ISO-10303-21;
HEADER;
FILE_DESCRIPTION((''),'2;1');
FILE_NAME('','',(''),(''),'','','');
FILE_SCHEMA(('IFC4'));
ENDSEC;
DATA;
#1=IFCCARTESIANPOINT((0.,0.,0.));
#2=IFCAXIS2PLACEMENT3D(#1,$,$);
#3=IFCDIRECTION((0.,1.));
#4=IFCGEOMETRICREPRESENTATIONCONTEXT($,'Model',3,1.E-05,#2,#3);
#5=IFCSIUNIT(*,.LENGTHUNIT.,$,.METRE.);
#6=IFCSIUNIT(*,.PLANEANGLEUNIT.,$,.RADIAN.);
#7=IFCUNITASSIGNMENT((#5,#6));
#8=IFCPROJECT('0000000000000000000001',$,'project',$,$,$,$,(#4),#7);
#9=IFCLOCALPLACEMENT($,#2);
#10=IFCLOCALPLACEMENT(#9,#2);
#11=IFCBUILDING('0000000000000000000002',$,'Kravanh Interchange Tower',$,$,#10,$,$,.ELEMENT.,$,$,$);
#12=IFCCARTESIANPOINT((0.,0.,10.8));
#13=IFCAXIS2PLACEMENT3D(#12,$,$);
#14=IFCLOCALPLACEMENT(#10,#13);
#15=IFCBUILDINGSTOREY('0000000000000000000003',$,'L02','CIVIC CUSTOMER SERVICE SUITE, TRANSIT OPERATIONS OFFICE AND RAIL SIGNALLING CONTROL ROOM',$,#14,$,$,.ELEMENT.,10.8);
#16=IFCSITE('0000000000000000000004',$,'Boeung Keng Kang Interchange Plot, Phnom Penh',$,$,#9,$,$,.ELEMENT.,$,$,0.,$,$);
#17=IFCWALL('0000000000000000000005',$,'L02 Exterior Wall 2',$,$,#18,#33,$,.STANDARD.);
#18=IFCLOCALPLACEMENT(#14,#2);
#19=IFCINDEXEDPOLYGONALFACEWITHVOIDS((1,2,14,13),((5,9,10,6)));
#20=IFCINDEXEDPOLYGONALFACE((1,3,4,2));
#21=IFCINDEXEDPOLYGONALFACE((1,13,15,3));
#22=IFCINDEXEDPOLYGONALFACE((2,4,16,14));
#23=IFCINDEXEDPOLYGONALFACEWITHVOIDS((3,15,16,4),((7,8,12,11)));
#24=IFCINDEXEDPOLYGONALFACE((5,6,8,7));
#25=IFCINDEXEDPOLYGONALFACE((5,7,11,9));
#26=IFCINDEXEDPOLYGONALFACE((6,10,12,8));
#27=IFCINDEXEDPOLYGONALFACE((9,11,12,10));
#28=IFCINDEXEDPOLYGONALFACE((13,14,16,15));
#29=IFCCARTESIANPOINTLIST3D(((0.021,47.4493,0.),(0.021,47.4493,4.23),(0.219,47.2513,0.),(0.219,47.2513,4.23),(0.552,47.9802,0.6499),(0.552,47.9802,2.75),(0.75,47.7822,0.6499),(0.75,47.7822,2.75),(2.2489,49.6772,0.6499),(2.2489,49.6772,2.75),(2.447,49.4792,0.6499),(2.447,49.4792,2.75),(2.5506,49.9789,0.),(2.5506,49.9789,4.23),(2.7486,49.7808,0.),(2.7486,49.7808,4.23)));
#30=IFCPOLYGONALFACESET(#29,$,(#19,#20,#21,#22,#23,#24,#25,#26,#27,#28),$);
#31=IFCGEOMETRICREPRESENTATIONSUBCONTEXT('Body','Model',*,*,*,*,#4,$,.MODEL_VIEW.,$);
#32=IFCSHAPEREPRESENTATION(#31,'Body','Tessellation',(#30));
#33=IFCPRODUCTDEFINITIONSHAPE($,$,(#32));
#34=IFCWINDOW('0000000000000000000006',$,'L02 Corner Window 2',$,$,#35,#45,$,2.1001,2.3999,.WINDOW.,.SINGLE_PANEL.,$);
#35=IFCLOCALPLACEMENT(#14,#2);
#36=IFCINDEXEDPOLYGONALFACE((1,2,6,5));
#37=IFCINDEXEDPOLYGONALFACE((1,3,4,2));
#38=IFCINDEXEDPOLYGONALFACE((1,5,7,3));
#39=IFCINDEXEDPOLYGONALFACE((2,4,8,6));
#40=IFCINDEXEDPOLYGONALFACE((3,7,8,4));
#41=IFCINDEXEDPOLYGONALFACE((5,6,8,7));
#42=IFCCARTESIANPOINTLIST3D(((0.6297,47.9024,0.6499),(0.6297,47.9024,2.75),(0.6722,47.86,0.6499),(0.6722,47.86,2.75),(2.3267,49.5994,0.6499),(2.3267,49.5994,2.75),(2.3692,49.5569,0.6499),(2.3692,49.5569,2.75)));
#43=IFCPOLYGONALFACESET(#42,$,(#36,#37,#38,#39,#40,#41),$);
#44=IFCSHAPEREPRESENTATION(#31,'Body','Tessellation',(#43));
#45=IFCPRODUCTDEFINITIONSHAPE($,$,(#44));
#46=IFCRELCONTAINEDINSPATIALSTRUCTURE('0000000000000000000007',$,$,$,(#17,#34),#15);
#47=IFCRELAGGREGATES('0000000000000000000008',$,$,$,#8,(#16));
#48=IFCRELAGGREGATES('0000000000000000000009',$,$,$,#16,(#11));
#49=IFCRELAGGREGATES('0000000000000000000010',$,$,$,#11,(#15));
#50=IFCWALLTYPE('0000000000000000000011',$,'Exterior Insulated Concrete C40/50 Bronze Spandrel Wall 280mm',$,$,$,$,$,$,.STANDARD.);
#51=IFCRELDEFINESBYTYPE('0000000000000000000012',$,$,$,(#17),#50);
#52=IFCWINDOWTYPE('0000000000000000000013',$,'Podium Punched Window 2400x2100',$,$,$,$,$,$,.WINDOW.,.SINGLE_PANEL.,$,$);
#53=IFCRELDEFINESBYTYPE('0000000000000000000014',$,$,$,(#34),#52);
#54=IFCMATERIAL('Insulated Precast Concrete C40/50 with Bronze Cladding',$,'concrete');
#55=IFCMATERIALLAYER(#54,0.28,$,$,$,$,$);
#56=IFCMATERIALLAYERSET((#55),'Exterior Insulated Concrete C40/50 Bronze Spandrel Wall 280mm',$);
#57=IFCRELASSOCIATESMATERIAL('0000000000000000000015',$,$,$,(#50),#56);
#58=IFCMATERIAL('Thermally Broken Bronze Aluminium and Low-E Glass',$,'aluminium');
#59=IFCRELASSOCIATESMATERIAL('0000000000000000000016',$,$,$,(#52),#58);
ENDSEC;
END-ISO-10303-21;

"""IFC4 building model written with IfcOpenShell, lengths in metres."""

from ifc_helpers import new_model, si_unit, direction, frame, frame_2d, origin, place, context, subcontext, project, spatial, rectangle, extrude, material, layer, layer_set, type_object, element, fill, save


model = new_model("IFC4")

# Units and contexts
model_context = context("Model", 3, precision=1e-05, world=origin(), true_north=direction((0.0, 1.0)))
body_context = subcontext(model_context, "Body", "Model", "MODEL_VIEW")
ifc_project = project(units=[si_unit("LENGTHUNIT", "METRE"), si_unit("PLANEANGLEUNIT", "RADIAN")], contexts=[model_context])

# Site, building, storey
site_placement = place(None, origin())
site = spatial("IfcSite", under=ifc_project, at=site_placement, Name="Boeung Keng Kang Interchange Plot, Phnom Penh", CompositionType="ELEMENT", RefElevation=0.0)
building_placement = place(site_placement, origin())
building = spatial("IfcBuilding", under=site, at=building_placement, Name="Kravanh Interchange Tower", CompositionType="ELEMENT")
storey_placement = place(building_placement, frame((0.0, 0.0, 10.8)))
storey = spatial("IfcBuildingStorey", under=building, at=storey_placement, Name="L02", Description="CIVIC CUSTOMER SERVICE SUITE, TRANSIT OPERATIONS OFFICE AND RAIL SIGNALLING CONTROL ROOM", CompositionType="ELEMENT", Elevation=10.8)

# Wall, opening, window
ifc_material_1 = material(Name="Insulated Precast Concrete C40/50 with Bronze Cladding", Category="concrete")
ifc_layer_1 = layer(ifc_material_1, 0.28)
ifc_layer_set_1 = layer_set([ifc_layer_1], Name="Exterior Insulated Concrete C40/50 Bronze Spandrel Wall 280mm")
wall_type_1 = type_object("IfcWallType", Name="Exterior Insulated Concrete C40/50 Bronze Spandrel Wall 280mm", PredefinedType="STANDARD", material=ifc_layer_set_1)
ifc_material_2 = material(Name="Thermally Broken Bronze Aluminium and Low-E Glass", Category="aluminium")
window_type = type_object("IfcWindowType", Name="Podium Punched Window 2400x2100", PartitioningType="SINGLE_PANEL", PredefinedType="WINDOW", material=ifc_material_2)
wall_1_placement = place(storey_placement, frame((0.1201, 47.3503, 0.0), z_axis=(0.0, 0.0, 1.0), x_axis=(0.707107, 0.707107, 0.0)))
wall_1 = element("IfcWall", 1, at=wall_1_placement, inside=storey, type_object=wall_type_1, Name="L02 Exterior Wall 2", PredefinedType="STANDARD", context=body_context, shape_type="SweptSolid", body=[
    extrude(rectangle(XDim=3.5774, YDim=0.28, at=frame_2d((1.7886, 0.0))), origin(), (0.0, 0.0, 1.0), 4.23),
])
opening_1_placement = place(wall_1_placement, frame((0.7507, 0.0, 0.6499)))
opening_1 = element("IfcOpeningElement", 2, at=opening_1_placement, cuts=wall_1, PredefinedType="OPENING", context=body_context, shape_type="SweptSolid", body=[
    extrude(rectangle(XDim=2.3999, YDim=2.1001, at=frame_2d((1.2, 1.05))), frame((0.0, 0.1499, 0.0), z_axis=(0.0, -1.0, 0.0), x_axis=(1.0, 0.0, 0.0)), (0.0, 0.0, 1.0), 0.3),
])
window_1_placement = place(opening_1_placement, origin())
window_1 = element("IfcWindow", 3, at=window_1_placement, inside=storey, type_object=window_type, Name="L02 Corner Window 2", OverallHeight=2.1001, OverallWidth=2.3999, PartitioningType="SINGLE_PANEL", PredefinedType="WINDOW", context=body_context, shape_type="SweptSolid", body=[
    extrude(rectangle(XDim=2.3999, YDim=2.1001, at=frame_2d((1.2, 1.05))), frame((0.0, 0.03, 0.0), z_axis=(0.0, -1.0, 0.0), x_axis=(1.0, 0.0, 0.0)), (0.0, 0.0, 1.0), 0.0601),
])
fill(opening_1, window_1)

save(model, "model.ifc")
